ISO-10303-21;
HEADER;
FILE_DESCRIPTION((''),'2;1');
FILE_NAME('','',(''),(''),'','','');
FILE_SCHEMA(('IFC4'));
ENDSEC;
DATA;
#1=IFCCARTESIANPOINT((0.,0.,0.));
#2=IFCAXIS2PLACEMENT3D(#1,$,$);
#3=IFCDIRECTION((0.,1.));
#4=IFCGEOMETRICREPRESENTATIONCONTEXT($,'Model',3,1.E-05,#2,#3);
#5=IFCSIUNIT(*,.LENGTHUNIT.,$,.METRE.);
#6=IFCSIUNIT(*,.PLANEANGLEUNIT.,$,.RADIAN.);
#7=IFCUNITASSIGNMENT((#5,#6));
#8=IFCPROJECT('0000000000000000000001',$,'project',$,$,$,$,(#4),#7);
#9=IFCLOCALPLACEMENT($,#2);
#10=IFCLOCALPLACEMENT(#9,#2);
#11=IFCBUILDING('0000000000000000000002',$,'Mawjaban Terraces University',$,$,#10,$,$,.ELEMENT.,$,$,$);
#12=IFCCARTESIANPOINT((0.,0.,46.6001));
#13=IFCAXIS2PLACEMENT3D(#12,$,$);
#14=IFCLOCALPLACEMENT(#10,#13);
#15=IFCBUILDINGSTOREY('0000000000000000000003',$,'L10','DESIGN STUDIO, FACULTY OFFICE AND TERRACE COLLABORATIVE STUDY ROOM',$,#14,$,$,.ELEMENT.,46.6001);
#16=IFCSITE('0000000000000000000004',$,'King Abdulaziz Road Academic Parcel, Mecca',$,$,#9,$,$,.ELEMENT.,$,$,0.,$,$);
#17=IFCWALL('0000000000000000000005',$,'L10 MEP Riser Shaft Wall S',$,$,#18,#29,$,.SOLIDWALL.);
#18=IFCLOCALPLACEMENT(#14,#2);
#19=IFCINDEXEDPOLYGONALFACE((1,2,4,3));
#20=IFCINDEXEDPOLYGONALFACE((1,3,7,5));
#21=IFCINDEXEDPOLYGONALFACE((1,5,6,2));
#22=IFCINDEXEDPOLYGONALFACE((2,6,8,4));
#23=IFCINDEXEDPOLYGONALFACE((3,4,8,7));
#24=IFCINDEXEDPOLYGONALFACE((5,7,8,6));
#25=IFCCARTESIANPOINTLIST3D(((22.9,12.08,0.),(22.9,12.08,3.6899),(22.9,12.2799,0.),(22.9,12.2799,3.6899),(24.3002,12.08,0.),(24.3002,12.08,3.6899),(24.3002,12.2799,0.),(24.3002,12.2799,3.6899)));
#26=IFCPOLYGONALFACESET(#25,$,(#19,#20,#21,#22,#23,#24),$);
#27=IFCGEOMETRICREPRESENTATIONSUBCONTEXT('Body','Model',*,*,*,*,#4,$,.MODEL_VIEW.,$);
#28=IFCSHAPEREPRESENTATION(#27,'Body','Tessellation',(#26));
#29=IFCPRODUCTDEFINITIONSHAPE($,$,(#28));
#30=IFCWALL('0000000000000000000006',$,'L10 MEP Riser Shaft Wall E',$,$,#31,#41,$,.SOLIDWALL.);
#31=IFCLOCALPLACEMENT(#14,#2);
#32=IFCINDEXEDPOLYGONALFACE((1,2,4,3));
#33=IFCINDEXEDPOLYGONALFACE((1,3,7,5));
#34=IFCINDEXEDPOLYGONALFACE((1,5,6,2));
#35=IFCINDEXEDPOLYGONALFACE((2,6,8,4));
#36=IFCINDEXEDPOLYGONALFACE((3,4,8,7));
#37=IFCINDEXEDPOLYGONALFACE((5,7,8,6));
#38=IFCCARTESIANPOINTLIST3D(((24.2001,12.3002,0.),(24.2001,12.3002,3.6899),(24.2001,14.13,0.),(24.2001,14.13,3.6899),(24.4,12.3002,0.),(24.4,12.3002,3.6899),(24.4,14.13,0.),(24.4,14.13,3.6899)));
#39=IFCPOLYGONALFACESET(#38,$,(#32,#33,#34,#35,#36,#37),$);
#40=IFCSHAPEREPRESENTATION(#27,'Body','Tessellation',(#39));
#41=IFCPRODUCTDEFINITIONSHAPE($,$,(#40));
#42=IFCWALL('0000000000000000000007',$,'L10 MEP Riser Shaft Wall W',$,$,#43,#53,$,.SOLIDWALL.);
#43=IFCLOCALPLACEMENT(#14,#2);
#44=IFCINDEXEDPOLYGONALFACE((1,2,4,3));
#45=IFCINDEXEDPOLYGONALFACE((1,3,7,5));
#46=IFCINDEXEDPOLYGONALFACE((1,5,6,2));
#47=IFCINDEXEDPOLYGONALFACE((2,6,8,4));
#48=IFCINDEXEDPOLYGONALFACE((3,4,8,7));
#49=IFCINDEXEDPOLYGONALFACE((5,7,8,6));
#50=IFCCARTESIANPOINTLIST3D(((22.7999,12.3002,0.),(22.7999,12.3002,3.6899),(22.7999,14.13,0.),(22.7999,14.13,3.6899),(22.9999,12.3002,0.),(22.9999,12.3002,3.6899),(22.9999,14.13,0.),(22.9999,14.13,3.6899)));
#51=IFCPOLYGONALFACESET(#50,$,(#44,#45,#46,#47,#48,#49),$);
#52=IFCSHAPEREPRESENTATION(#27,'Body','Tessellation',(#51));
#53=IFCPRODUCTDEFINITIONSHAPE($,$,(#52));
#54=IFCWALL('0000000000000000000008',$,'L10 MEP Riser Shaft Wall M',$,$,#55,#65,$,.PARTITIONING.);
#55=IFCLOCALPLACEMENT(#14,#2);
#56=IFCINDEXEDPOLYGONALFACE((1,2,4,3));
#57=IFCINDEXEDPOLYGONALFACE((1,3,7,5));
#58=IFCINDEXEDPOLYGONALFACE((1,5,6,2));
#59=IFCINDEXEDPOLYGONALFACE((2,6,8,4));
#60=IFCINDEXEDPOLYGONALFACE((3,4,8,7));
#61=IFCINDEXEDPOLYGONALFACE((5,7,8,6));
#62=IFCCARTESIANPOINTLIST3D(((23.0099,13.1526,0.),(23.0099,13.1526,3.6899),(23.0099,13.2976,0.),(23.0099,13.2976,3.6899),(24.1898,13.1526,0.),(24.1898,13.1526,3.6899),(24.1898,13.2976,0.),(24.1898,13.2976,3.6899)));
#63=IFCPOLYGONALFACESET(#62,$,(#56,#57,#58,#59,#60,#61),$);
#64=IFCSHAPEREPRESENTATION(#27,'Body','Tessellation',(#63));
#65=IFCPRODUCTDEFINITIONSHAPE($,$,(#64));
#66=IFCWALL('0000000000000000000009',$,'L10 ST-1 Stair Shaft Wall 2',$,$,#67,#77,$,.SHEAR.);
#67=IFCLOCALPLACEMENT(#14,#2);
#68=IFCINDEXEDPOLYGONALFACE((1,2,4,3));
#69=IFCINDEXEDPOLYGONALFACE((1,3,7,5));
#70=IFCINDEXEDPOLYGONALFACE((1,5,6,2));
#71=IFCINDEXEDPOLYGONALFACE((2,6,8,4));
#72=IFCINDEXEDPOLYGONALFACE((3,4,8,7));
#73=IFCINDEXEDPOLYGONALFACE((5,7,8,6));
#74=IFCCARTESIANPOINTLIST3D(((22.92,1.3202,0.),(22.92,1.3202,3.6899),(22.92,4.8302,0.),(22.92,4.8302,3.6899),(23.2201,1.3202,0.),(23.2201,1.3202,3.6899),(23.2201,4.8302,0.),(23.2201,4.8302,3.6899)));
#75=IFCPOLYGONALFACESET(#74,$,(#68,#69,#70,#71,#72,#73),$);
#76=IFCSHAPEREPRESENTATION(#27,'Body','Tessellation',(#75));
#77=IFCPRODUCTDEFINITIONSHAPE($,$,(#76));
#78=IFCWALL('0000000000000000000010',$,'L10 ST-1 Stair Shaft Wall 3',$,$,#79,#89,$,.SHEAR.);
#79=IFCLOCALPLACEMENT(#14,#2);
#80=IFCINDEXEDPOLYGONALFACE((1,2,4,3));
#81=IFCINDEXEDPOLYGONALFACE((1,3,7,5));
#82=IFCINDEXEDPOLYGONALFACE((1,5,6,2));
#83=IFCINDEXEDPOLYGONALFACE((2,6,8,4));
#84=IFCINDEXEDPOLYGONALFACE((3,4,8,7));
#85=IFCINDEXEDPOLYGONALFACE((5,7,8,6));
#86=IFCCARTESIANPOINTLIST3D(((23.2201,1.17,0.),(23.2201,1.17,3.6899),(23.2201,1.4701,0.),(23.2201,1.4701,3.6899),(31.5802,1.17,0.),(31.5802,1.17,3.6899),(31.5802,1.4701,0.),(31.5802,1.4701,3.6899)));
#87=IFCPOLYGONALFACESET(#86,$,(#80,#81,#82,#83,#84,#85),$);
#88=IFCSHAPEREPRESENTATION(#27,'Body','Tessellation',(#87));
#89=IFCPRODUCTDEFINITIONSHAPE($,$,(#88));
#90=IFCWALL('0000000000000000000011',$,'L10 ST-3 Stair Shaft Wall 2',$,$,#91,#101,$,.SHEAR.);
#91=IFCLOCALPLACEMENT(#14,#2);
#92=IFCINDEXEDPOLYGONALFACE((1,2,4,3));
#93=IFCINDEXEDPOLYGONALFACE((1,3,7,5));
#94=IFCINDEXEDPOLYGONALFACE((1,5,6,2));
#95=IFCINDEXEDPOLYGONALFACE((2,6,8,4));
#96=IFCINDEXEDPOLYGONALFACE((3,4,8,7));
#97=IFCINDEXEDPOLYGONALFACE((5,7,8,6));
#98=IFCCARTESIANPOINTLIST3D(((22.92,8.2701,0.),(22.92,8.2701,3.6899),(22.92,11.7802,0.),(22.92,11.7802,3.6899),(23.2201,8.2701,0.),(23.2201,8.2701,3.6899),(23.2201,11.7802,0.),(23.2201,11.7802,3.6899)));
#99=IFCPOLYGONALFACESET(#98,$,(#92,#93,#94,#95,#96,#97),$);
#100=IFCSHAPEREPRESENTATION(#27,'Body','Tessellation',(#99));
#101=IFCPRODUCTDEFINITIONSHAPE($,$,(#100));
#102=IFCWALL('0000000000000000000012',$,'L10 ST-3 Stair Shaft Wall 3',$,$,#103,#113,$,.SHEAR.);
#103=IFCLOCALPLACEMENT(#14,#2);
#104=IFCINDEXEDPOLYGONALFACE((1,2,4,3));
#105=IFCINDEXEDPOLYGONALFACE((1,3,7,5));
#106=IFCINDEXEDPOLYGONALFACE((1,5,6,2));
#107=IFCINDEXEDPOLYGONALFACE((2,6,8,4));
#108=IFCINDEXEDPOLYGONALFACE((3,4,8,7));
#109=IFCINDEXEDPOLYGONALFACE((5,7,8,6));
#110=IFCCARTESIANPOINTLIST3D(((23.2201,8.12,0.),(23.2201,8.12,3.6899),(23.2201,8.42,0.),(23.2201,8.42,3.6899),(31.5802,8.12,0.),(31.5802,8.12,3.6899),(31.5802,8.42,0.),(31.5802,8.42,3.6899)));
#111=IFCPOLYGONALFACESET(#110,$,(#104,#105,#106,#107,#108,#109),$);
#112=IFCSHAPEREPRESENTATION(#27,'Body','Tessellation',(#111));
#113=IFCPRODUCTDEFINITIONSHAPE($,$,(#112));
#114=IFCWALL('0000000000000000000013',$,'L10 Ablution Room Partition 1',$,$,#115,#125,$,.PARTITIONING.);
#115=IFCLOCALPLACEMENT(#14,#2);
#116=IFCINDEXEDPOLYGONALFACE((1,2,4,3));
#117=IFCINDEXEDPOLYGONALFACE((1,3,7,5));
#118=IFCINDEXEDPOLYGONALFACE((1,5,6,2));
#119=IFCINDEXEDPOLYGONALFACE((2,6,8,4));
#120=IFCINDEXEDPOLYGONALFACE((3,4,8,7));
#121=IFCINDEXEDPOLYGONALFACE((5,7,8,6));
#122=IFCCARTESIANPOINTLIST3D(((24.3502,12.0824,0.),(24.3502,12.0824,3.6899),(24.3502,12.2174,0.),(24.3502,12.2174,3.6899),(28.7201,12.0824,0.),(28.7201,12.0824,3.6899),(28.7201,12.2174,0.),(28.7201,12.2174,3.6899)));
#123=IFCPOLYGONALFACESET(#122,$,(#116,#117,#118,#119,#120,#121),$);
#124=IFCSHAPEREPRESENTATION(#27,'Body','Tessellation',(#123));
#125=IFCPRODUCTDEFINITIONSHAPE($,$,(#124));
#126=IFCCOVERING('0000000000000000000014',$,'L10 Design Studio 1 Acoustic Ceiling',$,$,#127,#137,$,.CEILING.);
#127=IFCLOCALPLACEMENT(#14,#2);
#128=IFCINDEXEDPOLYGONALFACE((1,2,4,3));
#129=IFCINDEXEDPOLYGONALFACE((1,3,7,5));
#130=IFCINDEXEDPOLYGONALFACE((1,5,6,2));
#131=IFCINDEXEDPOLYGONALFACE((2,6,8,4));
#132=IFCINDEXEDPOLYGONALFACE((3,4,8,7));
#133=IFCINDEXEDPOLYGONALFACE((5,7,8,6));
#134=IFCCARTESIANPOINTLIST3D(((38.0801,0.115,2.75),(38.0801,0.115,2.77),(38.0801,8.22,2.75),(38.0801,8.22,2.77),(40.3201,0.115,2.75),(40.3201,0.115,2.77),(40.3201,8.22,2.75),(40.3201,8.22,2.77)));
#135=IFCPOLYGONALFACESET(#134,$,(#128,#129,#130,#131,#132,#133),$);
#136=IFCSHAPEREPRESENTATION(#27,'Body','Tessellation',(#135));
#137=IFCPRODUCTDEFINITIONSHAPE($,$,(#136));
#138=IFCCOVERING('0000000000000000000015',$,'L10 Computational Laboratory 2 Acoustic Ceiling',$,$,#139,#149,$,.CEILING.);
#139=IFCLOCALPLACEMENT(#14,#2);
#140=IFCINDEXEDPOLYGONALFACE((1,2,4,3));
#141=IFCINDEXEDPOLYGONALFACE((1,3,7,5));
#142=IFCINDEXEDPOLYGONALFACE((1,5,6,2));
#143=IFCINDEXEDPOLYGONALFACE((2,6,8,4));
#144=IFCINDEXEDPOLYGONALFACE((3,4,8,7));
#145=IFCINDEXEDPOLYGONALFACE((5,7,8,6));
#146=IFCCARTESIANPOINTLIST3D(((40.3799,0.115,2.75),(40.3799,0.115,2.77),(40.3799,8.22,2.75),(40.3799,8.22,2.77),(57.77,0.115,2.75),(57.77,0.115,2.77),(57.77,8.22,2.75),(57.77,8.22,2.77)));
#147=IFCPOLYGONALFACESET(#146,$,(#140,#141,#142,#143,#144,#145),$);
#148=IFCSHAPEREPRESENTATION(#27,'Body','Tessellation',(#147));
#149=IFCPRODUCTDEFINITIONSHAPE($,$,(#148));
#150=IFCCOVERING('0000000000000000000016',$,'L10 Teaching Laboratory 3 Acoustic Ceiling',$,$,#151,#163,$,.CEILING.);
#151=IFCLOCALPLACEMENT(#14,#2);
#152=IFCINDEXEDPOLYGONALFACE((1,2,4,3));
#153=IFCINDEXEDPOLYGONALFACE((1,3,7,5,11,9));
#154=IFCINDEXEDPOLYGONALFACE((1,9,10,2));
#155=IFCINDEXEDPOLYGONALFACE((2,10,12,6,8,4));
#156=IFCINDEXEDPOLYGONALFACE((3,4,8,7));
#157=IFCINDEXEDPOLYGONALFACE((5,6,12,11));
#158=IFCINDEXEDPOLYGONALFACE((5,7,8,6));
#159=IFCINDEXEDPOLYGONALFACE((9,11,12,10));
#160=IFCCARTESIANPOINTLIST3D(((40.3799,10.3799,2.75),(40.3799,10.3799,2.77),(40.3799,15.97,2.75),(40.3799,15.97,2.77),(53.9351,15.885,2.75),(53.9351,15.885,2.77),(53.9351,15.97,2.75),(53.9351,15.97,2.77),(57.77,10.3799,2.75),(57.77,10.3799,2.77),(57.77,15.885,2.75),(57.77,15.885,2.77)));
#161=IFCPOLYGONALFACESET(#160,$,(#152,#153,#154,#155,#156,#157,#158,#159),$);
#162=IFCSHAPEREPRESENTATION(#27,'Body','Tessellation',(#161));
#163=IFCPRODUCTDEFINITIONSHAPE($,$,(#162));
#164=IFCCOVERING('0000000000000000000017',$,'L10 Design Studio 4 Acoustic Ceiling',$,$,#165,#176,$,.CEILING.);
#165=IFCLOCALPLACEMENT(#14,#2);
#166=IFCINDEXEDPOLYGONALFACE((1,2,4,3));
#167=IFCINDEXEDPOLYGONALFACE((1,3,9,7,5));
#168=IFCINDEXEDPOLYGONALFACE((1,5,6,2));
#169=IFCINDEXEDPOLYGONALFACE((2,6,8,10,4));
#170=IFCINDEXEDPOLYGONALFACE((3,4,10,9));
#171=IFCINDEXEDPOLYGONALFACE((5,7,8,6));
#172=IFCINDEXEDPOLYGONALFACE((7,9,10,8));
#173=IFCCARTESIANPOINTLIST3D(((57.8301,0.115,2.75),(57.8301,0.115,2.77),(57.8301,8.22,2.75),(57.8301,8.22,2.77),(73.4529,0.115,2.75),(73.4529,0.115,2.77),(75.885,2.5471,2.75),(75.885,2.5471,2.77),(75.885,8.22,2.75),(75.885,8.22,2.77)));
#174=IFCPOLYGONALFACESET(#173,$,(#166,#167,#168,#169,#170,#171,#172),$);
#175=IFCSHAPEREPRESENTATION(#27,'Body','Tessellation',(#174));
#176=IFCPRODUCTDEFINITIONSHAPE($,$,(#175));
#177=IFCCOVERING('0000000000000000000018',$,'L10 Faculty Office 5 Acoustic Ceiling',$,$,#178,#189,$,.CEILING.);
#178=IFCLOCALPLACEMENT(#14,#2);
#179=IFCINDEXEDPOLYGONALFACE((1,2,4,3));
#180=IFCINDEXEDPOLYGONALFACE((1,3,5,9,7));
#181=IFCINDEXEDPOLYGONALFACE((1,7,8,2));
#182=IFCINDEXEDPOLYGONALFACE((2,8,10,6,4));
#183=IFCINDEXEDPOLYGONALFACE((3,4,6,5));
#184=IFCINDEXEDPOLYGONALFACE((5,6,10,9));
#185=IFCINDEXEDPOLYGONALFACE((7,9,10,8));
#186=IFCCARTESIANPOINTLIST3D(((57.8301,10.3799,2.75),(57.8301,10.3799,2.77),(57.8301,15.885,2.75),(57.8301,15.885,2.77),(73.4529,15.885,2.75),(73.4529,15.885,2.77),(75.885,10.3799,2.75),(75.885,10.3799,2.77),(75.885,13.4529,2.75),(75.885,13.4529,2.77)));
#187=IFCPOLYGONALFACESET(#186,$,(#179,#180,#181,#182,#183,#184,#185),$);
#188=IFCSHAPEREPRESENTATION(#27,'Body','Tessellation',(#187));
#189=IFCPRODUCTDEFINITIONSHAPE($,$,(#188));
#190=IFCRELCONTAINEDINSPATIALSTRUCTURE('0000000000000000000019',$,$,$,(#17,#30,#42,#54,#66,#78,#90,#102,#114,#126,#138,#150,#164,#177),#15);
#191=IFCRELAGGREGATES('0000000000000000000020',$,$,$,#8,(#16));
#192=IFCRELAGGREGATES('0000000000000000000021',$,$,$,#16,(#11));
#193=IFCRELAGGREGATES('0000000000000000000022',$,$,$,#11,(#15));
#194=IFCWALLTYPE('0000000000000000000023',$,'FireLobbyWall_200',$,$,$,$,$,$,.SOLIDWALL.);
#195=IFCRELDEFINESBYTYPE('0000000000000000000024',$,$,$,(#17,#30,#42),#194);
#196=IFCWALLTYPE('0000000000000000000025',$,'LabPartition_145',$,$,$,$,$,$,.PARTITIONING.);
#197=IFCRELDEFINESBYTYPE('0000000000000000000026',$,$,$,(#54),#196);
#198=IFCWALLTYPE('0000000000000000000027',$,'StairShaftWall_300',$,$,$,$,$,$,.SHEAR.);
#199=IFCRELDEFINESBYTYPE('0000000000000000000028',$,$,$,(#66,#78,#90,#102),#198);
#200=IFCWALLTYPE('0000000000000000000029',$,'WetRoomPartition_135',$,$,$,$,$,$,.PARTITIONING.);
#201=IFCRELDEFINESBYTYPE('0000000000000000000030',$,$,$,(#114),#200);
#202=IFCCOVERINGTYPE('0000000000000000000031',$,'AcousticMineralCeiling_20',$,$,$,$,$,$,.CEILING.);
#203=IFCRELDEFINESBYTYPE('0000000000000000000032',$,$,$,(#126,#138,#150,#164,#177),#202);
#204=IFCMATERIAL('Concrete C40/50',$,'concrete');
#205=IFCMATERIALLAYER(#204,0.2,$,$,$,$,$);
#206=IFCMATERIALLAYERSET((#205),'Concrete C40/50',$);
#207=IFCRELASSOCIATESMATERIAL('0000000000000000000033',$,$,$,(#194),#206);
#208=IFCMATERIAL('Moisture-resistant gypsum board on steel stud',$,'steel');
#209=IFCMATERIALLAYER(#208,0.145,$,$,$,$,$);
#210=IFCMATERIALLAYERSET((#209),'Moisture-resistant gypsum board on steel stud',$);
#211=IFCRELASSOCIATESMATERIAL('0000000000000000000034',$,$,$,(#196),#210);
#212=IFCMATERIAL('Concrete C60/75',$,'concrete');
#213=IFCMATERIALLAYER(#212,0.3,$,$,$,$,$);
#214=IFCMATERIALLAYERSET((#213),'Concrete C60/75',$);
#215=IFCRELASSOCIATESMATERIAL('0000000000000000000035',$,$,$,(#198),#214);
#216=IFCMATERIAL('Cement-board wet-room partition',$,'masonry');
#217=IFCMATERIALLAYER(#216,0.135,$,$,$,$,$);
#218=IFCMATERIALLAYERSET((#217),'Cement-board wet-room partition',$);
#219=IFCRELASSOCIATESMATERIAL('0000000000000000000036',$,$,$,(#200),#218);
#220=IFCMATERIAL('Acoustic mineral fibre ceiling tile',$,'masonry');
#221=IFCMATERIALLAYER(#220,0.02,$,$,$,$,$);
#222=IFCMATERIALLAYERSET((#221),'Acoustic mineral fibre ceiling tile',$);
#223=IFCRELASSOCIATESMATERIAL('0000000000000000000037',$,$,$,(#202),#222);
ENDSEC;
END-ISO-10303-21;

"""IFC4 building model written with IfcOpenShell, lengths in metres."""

from ifc_helpers import new_model, si_unit, direction, frame, frame_2d, origin, place, context, subcontext, project, spatial, polyline, rectangle, outline, extrude, material, layer, layer_set, type_object, element, save


model = new_model("IFC4")

# Units and contexts
model_context = context("Model", 3, precision=1e-05, world=origin(), true_north=direction((0.0, 1.0)))
body_context = subcontext(model_context, "Body", "Model", "MODEL_VIEW")
ifc_project = project(units=[si_unit("LENGTHUNIT", "METRE"), si_unit("PLANEANGLEUNIT", "RADIAN")], contexts=[model_context])

# Site, building, storey
site_placement = place(None, origin())
site = spatial("IfcSite", under=ifc_project, at=site_placement, Name="King Abdulaziz Road Academic Parcel, Mecca", CompositionType="ELEMENT", RefElevation=0.0)
building_placement = place(site_placement, origin())
building = spatial("IfcBuilding", under=site, at=building_placement, Name="Mawjaban Terraces University", CompositionType="ELEMENT")
storey_placement = place(building_placement, frame((0.0, 0.0, 46.6001)))
storey = spatial("IfcBuildingStorey", under=building, at=storey_placement, Name="L10", Description="DESIGN STUDIO, FACULTY OFFICE AND TERRACE COLLABORATIVE STUDY ROOM", CompositionType="ELEMENT", Elevation=46.6001)

# Shared definitions
ifc_material_1 = material(Name="Concrete C40/50", Category="concrete")

# Walls
ifc_layer_1 = layer(ifc_material_1, 0.2)
ifc_layer_set_1 = layer_set([ifc_layer_1], Name="Concrete C40/50")
wall_type_1 = type_object("IfcWallType", Name="FireLobbyWall_200", PredefinedType="SOLIDWALL", material=ifc_layer_set_1)
for number, where, z_axis, x_axis, name in (
    (1, (22.8999, 12.1799, 0.0), (0.0, 0.0, 1.0), (1.0, 0.0, 0.0), "L10 MEP Riser Shaft Wall S"),
):
    element("IfcWall", number, at=place(storey_placement, frame(where, z_axis=z_axis, x_axis=x_axis)), inside=storey, type_object=wall_type_1, Name=name, PredefinedType="SOLIDWALL", context=body_context, shape_type="SweptSolid", body=[
        extrude(rectangle(XDim=1.4001, YDim=0.2, at=frame_2d((0.7002, 0.0))), origin(), (0.0, 0.0, 1.0), 3.6899),
    ])
for number, where, z_axis, x_axis, name in (
    (2, (24.3, 12.3, 0.0), (0.0, 0.0, 1.0), (0.0, 1.0, 0.0), "L10 MEP Riser Shaft Wall E"),
    (3, (22.8999, 12.3, 0.0), (0.0, 0.0, 1.0), (0.0, 1.0, 0.0), "L10 MEP Riser Shaft Wall W"),
):
    element("IfcWall", number, at=place(storey_placement, frame(where, z_axis=z_axis, x_axis=x_axis)), inside=storey, type_object=wall_type_1, Name=name, PredefinedType="SOLIDWALL", context=body_context, shape_type="SweptSolid", body=[
        extrude(rectangle(XDim=1.8298, YDim=0.2, at=frame_2d((0.915, 0.0))), origin(), (0.0, 0.0, 1.0), 3.6899),
    ])
ifc_material_2 = material(Name="Moisture-resistant gypsum board on steel stud", Category="steel")
ifc_layer_2 = layer(ifc_material_2, 0.145)
ifc_layer_set_2 = layer_set([ifc_layer_2], Name="Moisture-resistant gypsum board on steel stud")
wall_type_2 = type_object("IfcWallType", Name="LabPartition_145", PredefinedType="PARTITIONING", material=ifc_layer_set_2)
wall_1_placement = place(storey_placement, frame((23.01, 13.2251, 0.0), z_axis=(0.0, 0.0, 1.0), x_axis=(1.0, 0.0, 0.0)))
element("IfcWall", 4, at=wall_1_placement, inside=storey, type_object=wall_type_2, Name="L10 MEP Riser Shaft Wall M", PredefinedType="PARTITIONING", context=body_context, shape_type="SweptSolid", body=[
    extrude(rectangle(XDim=1.1799, YDim=0.145, at=frame_2d((0.5898, 0.0))), origin(), (0.0, 0.0, 1.0), 3.6899),
])
ifc_material_3 = material(Name="Concrete C60/75", Category="concrete")
ifc_layer_3 = layer(ifc_material_3, 0.3)
ifc_layer_set_3 = layer_set([ifc_layer_3], Name="Concrete C60/75")
wall_type_3 = type_object("IfcWallType", Name="StairShaftWall_300", PredefinedType="SHEAR", material=ifc_layer_set_3)
wall_2_placement = place(storey_placement, frame((23.0701, 4.8301, 0.0), z_axis=(0.0, 0.0, 1.0), x_axis=(0.0, -1.0, 0.0)))
element("IfcWall", 5, at=wall_2_placement, inside=storey, type_object=wall_type_3, Name="L10 ST-1 Stair Shaft Wall 2", PredefinedType="SHEAR", context=body_context, shape_type="SweptSolid", body=[
    extrude(rectangle(XDim=3.51, YDim=0.3, at=frame_2d((1.7549, 0.0))), origin(), (0.0, 0.0, 1.0), 3.6899),
])
wall_3_placement = place(storey_placement, frame((23.22, 1.3201, 0.0), z_axis=(0.0, 0.0, 1.0), x_axis=(1.0, 0.0, 0.0)))
element("IfcWall", 6, at=wall_3_placement, inside=storey, type_object=wall_type_3, Name="L10 ST-1 Stair Shaft Wall 3", PredefinedType="SHEAR", context=body_context, shape_type="SweptSolid", body=[
    extrude(rectangle(XDim=8.3601, YDim=0.3, at=frame_2d((4.1802, 0.0))), origin(), (0.0, 0.0, 1.0), 3.6899),
])
wall_4_placement = place(storey_placement, frame((23.0701, 11.78, 0.0), z_axis=(0.0, 0.0, 1.0), x_axis=(0.0, -1.0, 0.0)))
element("IfcWall", 7, at=wall_4_placement, inside=storey, type_object=wall_type_3, Name="L10 ST-3 Stair Shaft Wall 2", PredefinedType="SHEAR", context=body_context, shape_type="SweptSolid", body=[
    extrude(rectangle(XDim=3.51, YDim=0.3, at=frame_2d((1.7549, 0.0))), origin(), (0.0, 0.0, 1.0), 3.6899),
])
wall_5_placement = place(storey_placement, frame((23.22, 8.27, 0.0), z_axis=(0.0, 0.0, 1.0), x_axis=(1.0, 0.0, 0.0)))
element("IfcWall", 8, at=wall_5_placement, inside=storey, type_object=wall_type_3, Name="L10 ST-3 Stair Shaft Wall 3", PredefinedType="SHEAR", context=body_context, shape_type="SweptSolid", body=[
    extrude(rectangle(XDim=8.3601, YDim=0.3, at=frame_2d((4.1802, 0.0))), origin(), (0.0, 0.0, 1.0), 3.6899),
])
ifc_material_4 = material(Name="Cement-board wet-room partition", Category="masonry")
ifc_layer_4 = layer(ifc_material_4, 0.135)
ifc_layer_set_4 = layer_set([ifc_layer_4], Name="Cement-board wet-room partition")
wall_type_4 = type_object("IfcWallType", Name="WetRoomPartition_135", PredefinedType="PARTITIONING", material=ifc_layer_set_4)
wall_6_placement = place(storey_placement, frame((24.3501, 12.1499, 0.0), z_axis=(0.0, 0.0, 1.0), x_axis=(1.0, 0.0, 0.0)))
element("IfcWall", 9, at=wall_6_placement, inside=storey, type_object=wall_type_4, Name="L10 Ablution Room Partition 1", PredefinedType="PARTITIONING", context=body_context, shape_type="SweptSolid", body=[
    extrude(rectangle(XDim=4.3699, YDim=0.135, at=frame_2d((2.1851, 0.0))), origin(), (0.0, 0.0, 1.0), 3.6899),
])

# Coverings
ifc_material_5 = material(Name="Acoustic mineral fibre ceiling tile", Category="masonry")
ifc_layer_5 = layer(ifc_material_5, 0.02)
ifc_layer_set_5 = layer_set([ifc_layer_5], Name="Acoustic mineral fibre ceiling tile")
covering_type = type_object("IfcCoveringType", Name="AcousticMineralCeiling_20", PredefinedType="CEILING", material=ifc_layer_set_5)
covering_1_placement = place(storey_placement, frame((0.0, 0.0, 2.75)))
element("IfcCovering", 10, at=covering_1_placement, inside=storey, type_object=covering_type, Name="L10 Design Studio 1 Acoustic Ceiling", PredefinedType="CEILING", context=body_context, shape_type="SweptSolid", body=[
    extrude(outline(polyline([(38.0801, 0.115), (40.3201, 0.115), (40.3201, 8.22), (38.0801, 8.22), (38.0801, 0.115)])), origin(), (0.0, 0.0, 1.0), 0.02),
])
covering_2_placement = place(storey_placement, frame((0.0, 0.0, 2.75)))
element("IfcCovering", 11, at=covering_2_placement, inside=storey, type_object=covering_type, Name="L10 Computational Laboratory 2 Acoustic Ceiling", PredefinedType="CEILING", context=body_context, shape_type="SweptSolid", body=[
    extrude(outline(polyline([(40.3799, 0.115), (57.77, 0.115), (57.77, 8.22), (40.3799, 8.22), (40.3799, 0.115)])), origin(), (0.0, 0.0, 1.0), 0.02),
])
covering_3_placement = place(storey_placement, frame((0.0, 0.0, 2.75)))
element("IfcCovering", 12, at=covering_3_placement, inside=storey, type_object=covering_type, Name="L10 Teaching Laboratory 3 Acoustic Ceiling", PredefinedType="CEILING", context=body_context, shape_type="SweptSolid", body=[
    extrude(outline(polyline([(57.77, 15.885), (53.9351, 15.885), (53.9351, 15.97), (40.3799, 15.97), (40.3799, 10.3799), (57.77, 10.3799), (57.77, 15.885)])), origin(), (0.0, 0.0, 1.0), 0.02),
])
covering_4_placement = place(storey_placement, frame((0.0, 0.0, 2.75)))
element("IfcCovering", 13, at=covering_4_placement, inside=storey, type_object=covering_type, Name="L10 Design Studio 4 Acoustic Ceiling", PredefinedType="CEILING", context=body_context, shape_type="SweptSolid", body=[
    extrude(outline(polyline([(57.8301, 0.115), (73.4529, 0.115), (75.885, 2.5471), (75.885, 8.22), (57.8301, 8.22), (57.8301, 0.115)])), origin(), (0.0, 0.0, 1.0), 0.02),
])
covering_5_placement = place(storey_placement, frame((0.0, 0.0, 2.75)))
element("IfcCovering", 14, at=covering_5_placement, inside=storey, type_object=covering_type, Name="L10 Faculty Office 5 Acoustic Ceiling", PredefinedType="CEILING", context=body_context, shape_type="SweptSolid", body=[
    extrude(outline(polyline([(75.885, 10.3799), (75.885, 13.4529), (73.4529, 15.885), (57.8301, 15.885), (57.8301, 10.3799), (75.885, 10.3799)])), origin(), (0.0, 0.0, 1.0), 0.02),
])

save(model, "model.ifc")
